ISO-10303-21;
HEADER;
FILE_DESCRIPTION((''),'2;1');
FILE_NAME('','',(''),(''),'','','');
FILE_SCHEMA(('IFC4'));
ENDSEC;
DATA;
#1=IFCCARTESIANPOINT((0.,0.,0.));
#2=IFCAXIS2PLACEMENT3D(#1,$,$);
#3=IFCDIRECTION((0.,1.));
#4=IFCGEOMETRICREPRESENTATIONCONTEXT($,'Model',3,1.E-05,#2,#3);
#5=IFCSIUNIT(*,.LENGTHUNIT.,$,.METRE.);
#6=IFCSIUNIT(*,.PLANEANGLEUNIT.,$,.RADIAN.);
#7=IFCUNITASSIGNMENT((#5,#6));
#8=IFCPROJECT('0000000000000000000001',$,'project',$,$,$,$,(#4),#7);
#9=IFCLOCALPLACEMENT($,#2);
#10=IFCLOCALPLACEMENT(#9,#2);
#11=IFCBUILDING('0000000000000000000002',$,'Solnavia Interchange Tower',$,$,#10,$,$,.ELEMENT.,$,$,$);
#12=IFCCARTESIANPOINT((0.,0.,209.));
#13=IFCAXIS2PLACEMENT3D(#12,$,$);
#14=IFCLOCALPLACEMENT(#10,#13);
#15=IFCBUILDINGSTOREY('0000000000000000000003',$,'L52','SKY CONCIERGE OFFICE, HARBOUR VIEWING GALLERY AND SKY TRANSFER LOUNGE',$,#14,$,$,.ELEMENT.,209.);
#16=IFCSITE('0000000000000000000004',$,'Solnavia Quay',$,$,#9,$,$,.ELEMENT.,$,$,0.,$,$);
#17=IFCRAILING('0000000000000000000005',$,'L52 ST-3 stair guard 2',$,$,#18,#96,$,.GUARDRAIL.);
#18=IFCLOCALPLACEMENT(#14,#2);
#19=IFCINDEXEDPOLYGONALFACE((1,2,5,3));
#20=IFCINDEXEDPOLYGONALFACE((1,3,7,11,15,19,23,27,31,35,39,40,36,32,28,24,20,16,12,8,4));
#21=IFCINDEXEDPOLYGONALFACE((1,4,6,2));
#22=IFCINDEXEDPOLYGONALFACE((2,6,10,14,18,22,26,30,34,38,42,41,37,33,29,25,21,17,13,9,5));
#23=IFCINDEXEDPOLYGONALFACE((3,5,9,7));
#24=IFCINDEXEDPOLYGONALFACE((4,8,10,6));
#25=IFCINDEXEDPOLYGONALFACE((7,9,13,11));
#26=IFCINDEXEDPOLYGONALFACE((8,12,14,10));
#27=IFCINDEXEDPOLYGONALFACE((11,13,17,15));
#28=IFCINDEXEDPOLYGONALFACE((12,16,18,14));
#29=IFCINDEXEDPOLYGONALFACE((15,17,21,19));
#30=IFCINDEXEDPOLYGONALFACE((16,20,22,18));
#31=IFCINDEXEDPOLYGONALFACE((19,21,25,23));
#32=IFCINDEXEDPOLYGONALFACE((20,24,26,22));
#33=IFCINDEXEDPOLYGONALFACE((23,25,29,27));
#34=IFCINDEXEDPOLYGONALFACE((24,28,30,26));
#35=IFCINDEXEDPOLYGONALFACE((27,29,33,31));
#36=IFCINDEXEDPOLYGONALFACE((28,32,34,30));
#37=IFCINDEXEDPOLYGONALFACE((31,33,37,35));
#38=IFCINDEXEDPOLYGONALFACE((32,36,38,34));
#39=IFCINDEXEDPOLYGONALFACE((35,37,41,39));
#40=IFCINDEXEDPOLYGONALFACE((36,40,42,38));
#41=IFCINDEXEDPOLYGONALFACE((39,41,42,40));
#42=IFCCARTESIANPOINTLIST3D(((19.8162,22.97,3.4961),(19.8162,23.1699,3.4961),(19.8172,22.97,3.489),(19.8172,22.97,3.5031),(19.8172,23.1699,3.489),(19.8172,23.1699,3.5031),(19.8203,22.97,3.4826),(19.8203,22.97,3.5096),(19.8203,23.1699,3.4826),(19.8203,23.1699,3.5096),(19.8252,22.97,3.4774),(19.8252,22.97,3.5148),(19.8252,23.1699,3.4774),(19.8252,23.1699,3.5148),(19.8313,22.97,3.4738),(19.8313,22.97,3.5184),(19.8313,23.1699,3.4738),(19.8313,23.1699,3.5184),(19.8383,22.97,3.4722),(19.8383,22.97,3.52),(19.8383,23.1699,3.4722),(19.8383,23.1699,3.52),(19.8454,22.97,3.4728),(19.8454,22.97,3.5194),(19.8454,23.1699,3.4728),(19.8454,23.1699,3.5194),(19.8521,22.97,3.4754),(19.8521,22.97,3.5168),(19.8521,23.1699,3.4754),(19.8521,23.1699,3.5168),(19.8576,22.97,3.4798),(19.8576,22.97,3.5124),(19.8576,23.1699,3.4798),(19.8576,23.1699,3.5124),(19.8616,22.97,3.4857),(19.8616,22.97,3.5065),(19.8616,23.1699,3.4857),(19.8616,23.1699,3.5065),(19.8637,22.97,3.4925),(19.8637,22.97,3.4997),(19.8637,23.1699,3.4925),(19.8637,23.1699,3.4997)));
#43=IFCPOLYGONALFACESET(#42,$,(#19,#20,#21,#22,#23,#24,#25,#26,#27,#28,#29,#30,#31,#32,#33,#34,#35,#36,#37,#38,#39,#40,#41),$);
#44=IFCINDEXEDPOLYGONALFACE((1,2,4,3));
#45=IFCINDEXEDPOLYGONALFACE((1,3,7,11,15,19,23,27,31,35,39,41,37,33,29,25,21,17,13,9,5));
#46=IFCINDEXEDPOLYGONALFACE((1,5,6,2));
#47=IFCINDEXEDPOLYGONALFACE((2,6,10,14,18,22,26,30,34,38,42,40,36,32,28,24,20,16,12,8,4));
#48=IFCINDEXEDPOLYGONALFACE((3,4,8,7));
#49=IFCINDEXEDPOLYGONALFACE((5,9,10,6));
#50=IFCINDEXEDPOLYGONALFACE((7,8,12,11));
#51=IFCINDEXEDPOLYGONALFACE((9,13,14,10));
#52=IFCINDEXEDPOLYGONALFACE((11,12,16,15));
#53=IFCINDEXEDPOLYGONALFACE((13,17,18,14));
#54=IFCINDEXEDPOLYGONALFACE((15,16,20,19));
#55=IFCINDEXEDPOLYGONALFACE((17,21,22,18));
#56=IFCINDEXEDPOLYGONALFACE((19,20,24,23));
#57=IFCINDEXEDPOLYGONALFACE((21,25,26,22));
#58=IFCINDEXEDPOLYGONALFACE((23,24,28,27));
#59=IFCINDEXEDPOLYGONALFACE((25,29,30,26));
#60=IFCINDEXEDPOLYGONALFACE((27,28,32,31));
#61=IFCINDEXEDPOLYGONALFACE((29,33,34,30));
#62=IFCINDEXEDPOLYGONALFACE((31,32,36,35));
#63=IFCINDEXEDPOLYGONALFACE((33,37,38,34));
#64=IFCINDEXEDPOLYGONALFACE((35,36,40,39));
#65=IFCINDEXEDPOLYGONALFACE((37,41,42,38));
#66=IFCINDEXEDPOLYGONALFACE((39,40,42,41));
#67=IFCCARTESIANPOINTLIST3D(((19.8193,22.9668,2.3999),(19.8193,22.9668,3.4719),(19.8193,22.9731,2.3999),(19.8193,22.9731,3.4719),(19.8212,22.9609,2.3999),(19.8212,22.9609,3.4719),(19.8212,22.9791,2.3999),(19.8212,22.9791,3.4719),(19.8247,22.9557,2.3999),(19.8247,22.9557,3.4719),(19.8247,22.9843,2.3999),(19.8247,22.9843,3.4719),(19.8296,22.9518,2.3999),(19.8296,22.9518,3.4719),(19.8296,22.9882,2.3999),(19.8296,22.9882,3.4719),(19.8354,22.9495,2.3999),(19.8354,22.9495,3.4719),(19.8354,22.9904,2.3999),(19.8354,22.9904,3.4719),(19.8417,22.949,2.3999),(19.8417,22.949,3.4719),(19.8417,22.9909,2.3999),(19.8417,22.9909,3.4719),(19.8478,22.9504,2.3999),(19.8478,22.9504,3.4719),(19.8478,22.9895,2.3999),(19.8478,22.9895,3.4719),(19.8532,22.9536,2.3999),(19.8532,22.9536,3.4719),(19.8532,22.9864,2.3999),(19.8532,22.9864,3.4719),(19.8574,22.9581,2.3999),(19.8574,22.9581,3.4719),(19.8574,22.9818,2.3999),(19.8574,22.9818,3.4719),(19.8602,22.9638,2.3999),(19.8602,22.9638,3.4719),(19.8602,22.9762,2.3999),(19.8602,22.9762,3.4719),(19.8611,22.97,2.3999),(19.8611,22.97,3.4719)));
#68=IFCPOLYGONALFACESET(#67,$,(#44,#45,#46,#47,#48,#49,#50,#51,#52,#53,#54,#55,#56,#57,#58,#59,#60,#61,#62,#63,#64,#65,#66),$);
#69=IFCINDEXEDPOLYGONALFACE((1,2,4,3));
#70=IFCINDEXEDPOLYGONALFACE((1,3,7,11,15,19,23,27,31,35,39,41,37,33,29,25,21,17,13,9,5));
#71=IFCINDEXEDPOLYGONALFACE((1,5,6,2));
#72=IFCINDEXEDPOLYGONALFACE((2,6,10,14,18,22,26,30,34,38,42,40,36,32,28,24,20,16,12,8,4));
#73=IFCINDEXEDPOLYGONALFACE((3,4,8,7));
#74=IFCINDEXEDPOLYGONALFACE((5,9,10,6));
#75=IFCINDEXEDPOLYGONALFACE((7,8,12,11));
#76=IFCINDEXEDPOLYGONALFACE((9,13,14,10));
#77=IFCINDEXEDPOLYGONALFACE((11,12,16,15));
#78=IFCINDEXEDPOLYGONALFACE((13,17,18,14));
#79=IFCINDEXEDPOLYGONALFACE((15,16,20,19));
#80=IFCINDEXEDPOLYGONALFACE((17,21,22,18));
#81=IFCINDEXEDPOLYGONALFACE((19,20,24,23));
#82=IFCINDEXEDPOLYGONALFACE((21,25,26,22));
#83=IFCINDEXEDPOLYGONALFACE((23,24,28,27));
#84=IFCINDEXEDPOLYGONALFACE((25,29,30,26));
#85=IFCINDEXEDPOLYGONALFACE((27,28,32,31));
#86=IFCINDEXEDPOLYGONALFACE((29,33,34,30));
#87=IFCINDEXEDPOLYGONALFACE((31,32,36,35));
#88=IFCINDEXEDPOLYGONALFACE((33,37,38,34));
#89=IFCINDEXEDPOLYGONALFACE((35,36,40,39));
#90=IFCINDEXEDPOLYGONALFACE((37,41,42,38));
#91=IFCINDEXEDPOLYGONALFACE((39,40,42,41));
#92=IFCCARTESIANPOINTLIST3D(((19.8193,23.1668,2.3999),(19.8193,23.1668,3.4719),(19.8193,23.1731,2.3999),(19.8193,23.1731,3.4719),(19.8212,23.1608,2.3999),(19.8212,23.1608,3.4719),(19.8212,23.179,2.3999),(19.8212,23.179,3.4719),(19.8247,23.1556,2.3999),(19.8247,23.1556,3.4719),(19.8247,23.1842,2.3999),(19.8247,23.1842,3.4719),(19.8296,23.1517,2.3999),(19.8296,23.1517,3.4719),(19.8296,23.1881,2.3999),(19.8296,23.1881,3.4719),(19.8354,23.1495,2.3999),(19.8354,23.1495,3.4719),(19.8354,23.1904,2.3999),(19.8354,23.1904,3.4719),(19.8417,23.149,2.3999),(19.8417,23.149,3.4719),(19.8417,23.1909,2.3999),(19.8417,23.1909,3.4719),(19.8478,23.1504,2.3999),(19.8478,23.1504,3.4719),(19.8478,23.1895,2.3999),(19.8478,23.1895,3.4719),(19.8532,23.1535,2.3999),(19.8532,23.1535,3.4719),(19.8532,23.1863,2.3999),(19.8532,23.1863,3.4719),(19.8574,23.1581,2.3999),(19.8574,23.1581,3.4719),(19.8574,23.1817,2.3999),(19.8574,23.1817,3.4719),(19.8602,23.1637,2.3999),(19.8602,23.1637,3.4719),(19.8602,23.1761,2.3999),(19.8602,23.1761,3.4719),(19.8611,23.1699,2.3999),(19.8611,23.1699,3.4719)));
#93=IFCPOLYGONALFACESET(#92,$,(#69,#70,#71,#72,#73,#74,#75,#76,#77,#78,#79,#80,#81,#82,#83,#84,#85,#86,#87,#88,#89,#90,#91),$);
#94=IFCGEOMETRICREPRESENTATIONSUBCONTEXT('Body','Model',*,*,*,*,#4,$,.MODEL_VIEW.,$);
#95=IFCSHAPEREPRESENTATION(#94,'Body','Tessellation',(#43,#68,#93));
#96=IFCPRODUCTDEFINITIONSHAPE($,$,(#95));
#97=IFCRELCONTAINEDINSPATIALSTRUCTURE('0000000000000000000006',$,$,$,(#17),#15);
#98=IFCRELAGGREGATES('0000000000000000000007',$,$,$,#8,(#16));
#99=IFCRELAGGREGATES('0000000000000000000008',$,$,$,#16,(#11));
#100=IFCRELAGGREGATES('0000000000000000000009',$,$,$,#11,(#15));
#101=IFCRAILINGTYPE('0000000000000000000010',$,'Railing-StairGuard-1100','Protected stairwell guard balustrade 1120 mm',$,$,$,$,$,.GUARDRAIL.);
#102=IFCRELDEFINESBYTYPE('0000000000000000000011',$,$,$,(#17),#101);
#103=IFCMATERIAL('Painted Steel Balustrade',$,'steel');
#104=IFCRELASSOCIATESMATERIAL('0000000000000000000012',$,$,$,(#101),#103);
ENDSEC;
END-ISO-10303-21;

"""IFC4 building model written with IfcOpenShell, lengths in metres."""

from ifc_helpers import new_model, si_unit, direction, frame, origin, origin_2d, place, context, subcontext, project, spatial, circle, extrude, material, type_object, element, save


model = new_model("IFC4")

# Units and contexts
model_context = context("Model", 3, precision=1e-05, world=origin(), true_north=direction((0.0, 1.0)))
body_context = subcontext(model_context, "Body", "Model", "MODEL_VIEW")
ifc_project = project(units=[si_unit("LENGTHUNIT", "METRE"), si_unit("PLANEANGLEUNIT", "RADIAN")], contexts=[model_context])

# Site, building, storey
site_placement = place(None, origin())
site = spatial("IfcSite", under=ifc_project, at=site_placement, Name="Solnavia Quay", CompositionType="ELEMENT", RefElevation=0.0)
building_placement = place(site_placement, origin())
building = spatial("IfcBuilding", under=site, at=building_placement, Name="Solnavia Interchange Tower", CompositionType="ELEMENT")
storey_placement = place(building_placement, frame((0.0, 0.0, 209.0)))
storey = spatial("IfcBuildingStorey", under=building, at=storey_placement, Name="L52", Description="SKY CONCIERGE OFFICE, HARBOUR VIEWING GALLERY AND SKY TRANSFER LOUNGE", CompositionType="ELEMENT", Elevation=209.0)

# Railing
ifc_material_1 = material(Name="Painted Steel Balustrade", Category="steel")
railing_type_1 = type_object("IfcRailingType", Name="Railing-StairGuard-1100", Description="Protected stairwell guard balustrade 1120 mm", PredefinedType="GUARDRAIL", material=ifc_material_1)
railing_1_placement = place(storey_placement, frame((19.8401, 22.97, 2.3999)))
element("IfcRailing", 1, at=railing_1_placement, inside=storey, type_object=railing_type_1, Name="L52 ST-3 stair guard 2", PredefinedType="GUARDRAIL", context=body_context, shape_type="SweptSolid", body=[
    extrude(circle(Radius=0.0239, at=origin_2d()), frame((0.0, 0.0, 1.0962), z_axis=(0.0, 1.0, 0.0), x_axis=(-1.0, 0.0, 0.0)), (0.0, 0.0, 1.0), 0.2),
    extrude(circle(Radius=0.021, at=origin_2d()), origin(), (0.0, 0.0, 1.0), 1.072),
    extrude(circle(Radius=0.021, at=origin_2d()), frame((0.0, 0.2, 0.0)), (0.0, 0.0, 1.0), 1.072),
])

save(model, "model.ifc")
